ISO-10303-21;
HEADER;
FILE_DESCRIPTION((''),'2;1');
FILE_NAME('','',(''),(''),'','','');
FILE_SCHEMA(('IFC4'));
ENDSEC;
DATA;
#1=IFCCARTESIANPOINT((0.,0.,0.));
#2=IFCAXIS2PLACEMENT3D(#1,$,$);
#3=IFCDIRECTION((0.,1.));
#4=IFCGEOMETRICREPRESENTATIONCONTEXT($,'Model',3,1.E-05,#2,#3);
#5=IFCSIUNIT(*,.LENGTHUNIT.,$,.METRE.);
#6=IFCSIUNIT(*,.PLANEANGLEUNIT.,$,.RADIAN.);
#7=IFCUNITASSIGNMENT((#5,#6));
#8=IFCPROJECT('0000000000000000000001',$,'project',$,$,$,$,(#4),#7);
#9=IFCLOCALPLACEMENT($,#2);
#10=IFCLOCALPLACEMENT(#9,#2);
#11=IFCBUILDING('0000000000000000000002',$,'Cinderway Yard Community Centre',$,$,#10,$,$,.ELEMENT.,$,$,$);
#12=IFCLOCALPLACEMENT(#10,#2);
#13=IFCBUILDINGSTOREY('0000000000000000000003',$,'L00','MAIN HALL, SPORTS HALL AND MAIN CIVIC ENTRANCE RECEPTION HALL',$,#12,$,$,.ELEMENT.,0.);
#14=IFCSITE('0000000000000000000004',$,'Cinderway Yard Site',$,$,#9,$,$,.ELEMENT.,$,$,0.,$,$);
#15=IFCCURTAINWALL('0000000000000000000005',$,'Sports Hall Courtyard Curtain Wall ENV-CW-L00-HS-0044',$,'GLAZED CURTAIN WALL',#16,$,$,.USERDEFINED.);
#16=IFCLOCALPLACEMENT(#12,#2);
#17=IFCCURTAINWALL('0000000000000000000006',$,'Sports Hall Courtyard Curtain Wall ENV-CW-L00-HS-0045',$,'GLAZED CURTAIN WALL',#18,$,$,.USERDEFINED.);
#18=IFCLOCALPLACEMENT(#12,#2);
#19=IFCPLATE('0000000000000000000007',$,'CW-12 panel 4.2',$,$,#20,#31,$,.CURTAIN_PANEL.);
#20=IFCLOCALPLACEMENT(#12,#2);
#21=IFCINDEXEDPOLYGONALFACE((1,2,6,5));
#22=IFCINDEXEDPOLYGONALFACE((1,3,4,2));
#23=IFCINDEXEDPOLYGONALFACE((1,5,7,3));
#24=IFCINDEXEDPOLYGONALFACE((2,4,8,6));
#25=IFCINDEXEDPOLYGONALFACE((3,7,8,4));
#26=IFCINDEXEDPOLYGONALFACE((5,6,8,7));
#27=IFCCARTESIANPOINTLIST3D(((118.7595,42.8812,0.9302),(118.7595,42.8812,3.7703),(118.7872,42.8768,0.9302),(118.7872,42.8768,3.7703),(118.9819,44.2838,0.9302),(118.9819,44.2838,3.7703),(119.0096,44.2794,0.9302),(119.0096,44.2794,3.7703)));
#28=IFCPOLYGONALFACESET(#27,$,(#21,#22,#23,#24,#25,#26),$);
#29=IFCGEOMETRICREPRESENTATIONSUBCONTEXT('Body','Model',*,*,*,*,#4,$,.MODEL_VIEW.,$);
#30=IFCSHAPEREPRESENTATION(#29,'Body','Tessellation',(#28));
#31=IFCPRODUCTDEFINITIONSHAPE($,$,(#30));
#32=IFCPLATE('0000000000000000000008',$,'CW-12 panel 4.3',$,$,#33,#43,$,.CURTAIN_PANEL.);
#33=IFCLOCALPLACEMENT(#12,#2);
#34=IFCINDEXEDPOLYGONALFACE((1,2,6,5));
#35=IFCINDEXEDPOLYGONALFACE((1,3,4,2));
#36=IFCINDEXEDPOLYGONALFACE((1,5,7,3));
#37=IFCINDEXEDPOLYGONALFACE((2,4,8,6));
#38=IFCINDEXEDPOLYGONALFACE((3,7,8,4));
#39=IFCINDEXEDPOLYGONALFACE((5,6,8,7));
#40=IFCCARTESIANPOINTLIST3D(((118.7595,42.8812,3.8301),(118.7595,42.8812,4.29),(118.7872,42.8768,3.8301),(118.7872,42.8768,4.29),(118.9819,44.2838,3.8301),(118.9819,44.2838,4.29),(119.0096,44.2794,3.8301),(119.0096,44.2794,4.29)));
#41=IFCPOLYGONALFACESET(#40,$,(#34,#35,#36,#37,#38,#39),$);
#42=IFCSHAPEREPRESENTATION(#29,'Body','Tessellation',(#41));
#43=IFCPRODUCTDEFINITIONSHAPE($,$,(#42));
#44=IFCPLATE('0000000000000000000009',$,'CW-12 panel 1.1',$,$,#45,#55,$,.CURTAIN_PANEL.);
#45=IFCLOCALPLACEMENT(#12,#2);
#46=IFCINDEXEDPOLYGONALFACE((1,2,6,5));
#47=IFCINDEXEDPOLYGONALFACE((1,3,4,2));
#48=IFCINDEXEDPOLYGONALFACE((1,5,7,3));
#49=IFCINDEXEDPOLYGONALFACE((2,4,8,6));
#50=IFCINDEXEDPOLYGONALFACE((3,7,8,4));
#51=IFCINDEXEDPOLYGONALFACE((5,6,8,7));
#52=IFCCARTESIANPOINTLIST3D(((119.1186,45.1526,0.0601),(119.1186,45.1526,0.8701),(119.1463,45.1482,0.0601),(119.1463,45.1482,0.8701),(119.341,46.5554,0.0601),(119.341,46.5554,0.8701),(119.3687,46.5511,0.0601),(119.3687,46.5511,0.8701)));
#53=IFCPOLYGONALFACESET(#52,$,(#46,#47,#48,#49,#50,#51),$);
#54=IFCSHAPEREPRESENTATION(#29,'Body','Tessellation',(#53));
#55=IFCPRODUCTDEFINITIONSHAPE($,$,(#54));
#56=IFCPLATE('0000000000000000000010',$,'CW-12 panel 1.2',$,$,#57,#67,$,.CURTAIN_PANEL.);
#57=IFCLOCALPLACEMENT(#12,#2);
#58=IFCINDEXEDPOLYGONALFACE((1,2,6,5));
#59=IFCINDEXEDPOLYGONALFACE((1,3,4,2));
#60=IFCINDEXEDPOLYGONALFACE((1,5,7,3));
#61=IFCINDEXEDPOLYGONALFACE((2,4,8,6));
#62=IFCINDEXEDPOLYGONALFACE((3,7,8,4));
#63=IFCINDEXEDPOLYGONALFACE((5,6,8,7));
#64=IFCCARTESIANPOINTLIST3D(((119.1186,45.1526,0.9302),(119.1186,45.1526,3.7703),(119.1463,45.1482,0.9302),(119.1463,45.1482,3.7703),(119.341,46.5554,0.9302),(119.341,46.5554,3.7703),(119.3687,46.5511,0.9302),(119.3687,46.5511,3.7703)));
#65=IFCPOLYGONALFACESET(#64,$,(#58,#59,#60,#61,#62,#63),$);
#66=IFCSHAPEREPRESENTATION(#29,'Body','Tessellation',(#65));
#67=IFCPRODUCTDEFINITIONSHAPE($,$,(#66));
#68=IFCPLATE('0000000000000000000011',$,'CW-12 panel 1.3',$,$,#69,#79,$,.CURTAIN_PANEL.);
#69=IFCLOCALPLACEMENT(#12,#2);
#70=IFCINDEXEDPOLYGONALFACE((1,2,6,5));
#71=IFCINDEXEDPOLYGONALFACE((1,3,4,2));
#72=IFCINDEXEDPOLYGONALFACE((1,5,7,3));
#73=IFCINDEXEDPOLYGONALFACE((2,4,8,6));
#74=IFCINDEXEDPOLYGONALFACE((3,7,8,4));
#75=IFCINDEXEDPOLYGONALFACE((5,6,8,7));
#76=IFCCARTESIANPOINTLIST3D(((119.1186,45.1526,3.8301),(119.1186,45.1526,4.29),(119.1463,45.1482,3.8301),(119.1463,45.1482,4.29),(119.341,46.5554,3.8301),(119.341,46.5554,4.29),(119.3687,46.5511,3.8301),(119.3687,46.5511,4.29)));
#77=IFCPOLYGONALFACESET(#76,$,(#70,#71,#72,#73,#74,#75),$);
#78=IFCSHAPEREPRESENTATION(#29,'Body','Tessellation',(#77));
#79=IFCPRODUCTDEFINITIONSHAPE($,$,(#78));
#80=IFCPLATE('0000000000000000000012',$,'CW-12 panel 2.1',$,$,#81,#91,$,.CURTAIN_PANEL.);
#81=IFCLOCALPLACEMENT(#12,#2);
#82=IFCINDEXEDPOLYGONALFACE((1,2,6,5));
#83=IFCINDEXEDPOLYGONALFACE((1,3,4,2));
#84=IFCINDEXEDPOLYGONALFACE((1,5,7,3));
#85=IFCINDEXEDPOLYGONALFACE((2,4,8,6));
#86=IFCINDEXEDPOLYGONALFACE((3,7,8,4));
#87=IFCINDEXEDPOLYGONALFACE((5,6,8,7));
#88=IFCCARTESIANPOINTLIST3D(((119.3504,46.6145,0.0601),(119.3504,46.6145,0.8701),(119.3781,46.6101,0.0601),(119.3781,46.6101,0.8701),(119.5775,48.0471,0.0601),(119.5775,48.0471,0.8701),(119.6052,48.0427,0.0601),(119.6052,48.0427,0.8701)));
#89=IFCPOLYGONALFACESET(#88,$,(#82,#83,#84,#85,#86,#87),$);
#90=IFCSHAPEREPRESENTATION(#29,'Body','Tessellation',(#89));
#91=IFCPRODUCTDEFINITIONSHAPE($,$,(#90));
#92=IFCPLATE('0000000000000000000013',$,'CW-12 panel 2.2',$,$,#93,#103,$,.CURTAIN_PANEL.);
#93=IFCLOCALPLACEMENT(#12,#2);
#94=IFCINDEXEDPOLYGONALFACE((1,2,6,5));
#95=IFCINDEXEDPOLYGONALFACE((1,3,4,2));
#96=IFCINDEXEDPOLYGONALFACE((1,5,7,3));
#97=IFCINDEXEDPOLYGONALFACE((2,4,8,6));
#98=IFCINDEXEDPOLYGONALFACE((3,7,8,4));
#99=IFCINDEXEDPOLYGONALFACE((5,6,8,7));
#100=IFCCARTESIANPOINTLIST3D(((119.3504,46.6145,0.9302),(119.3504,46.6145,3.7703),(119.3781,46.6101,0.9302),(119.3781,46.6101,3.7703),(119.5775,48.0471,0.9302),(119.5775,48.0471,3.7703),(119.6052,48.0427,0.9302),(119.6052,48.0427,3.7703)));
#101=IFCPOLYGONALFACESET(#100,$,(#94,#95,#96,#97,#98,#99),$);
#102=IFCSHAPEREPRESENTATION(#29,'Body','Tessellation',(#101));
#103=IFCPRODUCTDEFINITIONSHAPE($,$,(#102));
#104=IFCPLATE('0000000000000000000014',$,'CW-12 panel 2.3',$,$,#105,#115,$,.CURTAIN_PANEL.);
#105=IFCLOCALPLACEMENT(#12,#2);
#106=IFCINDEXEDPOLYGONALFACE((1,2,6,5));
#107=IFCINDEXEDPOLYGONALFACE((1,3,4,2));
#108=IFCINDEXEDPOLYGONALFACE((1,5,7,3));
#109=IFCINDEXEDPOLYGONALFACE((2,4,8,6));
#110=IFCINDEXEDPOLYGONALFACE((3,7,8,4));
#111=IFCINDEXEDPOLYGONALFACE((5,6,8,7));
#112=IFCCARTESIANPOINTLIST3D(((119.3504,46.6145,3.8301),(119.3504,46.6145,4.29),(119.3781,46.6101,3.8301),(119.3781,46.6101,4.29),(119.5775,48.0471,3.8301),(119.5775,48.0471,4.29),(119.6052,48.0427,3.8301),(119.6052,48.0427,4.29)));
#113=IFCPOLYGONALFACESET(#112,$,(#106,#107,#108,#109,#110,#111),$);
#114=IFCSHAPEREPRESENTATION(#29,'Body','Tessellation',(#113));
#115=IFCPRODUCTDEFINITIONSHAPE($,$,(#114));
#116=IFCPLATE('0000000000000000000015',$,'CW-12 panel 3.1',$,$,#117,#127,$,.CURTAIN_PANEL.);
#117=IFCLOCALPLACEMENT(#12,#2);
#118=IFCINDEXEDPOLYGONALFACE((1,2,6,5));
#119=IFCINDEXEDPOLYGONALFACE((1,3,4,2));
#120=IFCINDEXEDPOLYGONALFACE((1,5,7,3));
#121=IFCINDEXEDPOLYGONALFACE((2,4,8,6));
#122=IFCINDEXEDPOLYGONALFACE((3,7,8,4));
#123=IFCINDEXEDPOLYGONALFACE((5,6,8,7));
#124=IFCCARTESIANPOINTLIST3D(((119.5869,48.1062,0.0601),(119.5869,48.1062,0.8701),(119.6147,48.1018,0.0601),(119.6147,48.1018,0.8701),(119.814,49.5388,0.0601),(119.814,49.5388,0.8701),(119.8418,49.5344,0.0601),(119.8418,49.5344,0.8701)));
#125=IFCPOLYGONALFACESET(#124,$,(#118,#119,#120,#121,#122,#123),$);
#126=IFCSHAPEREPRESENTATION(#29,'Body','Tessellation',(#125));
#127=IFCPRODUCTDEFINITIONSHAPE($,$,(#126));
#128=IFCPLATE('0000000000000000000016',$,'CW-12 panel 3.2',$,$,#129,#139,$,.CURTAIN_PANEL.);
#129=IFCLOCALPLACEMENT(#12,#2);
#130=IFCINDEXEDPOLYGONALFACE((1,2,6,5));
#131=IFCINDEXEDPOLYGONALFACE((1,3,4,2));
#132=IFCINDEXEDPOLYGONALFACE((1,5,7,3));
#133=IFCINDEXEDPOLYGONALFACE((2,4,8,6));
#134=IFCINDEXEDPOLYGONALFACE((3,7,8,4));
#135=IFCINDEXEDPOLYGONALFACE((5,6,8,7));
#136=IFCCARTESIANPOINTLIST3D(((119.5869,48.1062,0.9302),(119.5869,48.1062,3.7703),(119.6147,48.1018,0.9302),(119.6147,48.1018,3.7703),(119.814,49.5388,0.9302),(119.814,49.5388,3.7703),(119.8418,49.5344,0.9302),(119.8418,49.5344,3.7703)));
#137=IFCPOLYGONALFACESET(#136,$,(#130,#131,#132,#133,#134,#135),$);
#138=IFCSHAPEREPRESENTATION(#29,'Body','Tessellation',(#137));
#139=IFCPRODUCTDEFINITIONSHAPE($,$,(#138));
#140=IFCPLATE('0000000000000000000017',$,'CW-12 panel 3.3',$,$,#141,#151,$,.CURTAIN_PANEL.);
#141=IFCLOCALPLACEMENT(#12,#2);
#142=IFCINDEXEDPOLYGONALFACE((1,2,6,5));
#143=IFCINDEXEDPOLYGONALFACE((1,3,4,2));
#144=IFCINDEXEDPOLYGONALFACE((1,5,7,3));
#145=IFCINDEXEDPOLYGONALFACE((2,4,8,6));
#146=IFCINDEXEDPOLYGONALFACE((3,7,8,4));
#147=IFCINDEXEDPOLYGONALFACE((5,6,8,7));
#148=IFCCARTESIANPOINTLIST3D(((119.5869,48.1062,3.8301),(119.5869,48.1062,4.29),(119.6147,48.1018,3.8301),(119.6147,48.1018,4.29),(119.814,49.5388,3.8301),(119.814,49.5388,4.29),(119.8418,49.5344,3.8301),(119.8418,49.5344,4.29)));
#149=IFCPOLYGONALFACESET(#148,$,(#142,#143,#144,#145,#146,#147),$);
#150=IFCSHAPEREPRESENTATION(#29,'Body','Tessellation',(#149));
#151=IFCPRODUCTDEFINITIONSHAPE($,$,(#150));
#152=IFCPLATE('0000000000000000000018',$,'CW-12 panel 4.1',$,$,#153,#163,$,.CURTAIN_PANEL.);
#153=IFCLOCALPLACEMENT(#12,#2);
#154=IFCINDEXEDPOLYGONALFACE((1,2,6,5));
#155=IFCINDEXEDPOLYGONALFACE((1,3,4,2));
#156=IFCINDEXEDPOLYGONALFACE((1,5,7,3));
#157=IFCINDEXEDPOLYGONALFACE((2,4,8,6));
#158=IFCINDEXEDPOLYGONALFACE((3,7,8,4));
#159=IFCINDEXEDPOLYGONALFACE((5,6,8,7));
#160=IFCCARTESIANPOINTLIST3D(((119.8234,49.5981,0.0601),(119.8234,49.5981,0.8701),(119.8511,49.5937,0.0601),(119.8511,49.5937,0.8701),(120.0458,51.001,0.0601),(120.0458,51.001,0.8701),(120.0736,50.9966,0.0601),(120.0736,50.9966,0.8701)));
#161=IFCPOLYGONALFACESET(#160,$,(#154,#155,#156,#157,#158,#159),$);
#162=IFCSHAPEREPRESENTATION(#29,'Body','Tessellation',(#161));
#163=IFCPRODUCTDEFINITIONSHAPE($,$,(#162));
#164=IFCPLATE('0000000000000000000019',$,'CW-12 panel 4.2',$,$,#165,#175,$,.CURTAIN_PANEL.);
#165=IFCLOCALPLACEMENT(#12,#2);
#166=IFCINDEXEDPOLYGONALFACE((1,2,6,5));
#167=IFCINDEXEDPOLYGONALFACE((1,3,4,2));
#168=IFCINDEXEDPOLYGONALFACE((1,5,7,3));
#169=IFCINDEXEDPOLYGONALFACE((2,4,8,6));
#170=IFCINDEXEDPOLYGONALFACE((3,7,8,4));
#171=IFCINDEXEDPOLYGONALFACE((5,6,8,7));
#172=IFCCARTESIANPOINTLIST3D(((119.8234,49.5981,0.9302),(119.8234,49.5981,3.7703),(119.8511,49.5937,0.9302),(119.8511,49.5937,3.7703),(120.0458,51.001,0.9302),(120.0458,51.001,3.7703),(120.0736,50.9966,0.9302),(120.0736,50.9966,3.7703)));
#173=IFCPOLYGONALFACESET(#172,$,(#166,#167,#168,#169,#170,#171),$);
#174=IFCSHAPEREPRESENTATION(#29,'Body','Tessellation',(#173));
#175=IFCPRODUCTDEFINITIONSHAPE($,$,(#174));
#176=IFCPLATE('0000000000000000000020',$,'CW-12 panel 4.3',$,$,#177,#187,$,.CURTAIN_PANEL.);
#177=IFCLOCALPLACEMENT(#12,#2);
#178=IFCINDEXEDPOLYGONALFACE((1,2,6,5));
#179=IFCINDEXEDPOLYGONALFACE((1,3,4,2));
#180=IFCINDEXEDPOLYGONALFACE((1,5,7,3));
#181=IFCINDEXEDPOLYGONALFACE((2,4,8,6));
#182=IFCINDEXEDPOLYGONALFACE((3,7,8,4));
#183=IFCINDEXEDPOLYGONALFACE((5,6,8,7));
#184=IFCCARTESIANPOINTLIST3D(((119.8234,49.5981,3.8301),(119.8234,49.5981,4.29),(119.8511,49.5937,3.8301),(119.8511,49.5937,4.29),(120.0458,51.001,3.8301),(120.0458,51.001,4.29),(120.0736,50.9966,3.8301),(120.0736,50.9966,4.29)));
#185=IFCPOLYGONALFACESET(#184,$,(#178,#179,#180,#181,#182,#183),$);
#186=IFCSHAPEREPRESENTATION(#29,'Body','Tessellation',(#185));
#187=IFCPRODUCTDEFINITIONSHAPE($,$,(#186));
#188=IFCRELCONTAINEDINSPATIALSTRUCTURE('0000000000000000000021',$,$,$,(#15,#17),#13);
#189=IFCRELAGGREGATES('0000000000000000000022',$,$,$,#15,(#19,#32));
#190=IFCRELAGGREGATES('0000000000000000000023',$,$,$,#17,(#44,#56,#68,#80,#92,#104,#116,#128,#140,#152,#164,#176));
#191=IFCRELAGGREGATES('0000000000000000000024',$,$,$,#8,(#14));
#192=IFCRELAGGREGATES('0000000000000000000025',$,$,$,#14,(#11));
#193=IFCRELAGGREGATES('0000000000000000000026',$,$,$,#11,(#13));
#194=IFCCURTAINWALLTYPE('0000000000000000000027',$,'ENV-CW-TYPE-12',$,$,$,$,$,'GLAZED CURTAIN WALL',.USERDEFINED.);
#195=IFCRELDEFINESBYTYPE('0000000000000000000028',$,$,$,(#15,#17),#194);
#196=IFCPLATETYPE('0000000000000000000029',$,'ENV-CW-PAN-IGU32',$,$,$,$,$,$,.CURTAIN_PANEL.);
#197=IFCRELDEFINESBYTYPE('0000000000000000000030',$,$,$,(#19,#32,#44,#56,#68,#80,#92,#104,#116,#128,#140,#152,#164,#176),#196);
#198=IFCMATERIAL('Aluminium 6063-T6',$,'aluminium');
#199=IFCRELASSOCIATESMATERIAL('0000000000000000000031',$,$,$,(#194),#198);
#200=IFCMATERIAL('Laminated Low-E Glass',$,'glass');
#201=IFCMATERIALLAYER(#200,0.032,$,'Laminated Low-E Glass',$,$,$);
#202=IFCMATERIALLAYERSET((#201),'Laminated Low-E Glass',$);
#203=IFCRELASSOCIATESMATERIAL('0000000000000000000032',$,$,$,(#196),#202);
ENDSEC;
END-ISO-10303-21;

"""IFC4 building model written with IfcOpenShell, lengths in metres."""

from ifc_helpers import new_model, si_unit, direction, frame, origin, origin_2d, place, context, subcontext, project, spatial, rectangle, extrude, material, layer, layer_set, type_object, element, aggregate, save


model = new_model("IFC4")

# Units and contexts
model_context = context("Model", 3, precision=1e-05, world=origin(), true_north=direction((0.0, 1.0)))
body_context = subcontext(model_context, "Body", "Model", "MODEL_VIEW")
ifc_project = project(units=[si_unit("LENGTHUNIT", "METRE"), si_unit("PLANEANGLEUNIT", "RADIAN")], contexts=[model_context])

# Site, building, storey
site_placement = place(None, origin())
site = spatial("IfcSite", under=ifc_project, at=site_placement, Name="Cinderway Yard Site", CompositionType="ELEMENT", RefElevation=0.0)
building_placement = place(site_placement, origin())
building = spatial("IfcBuilding", under=site, at=building_placement, Name="Cinderway Yard Community Centre", CompositionType="ELEMENT")
storey_placement = place(building_placement, origin())
storey = spatial("IfcBuildingStorey", under=building, at=storey_placement, Name="L00", Description="MAIN HALL, SPORTS HALL AND MAIN CIVIC ENTRANCE RECEPTION HALL", CompositionType="ELEMENT", Elevation=0.0)

# Curtain wall
ifc_material_1 = material(Name="Aluminium 6063-T6", Category="aluminium")
curtain_wall_type = type_object("IfcCurtainWallType", Name="ENV-CW-TYPE-12", ElementType="GLAZED CURTAIN WALL", PredefinedType="USERDEFINED", material=ifc_material_1)
curtain_wall_1_placement = place(storey_placement, origin())
curtain_wall_1 = element("IfcCurtainWall", 1, at=curtain_wall_1_placement, inside=storey, type_object=curtain_wall_type, Name="Sports Hall Courtyard Curtain Wall ENV-CW-L00-HS-0044", ObjectType="GLAZED CURTAIN WALL", PredefinedType="USERDEFINED")

# Curtain wall
curtain_wall_2_placement = place(storey_placement, origin())
curtain_wall_2 = element("IfcCurtainWall", 2, at=curtain_wall_2_placement, inside=storey, type_object=curtain_wall_type, Name="Sports Hall Courtyard Curtain Wall ENV-CW-L00-HS-0045", ObjectType="GLAZED CURTAIN WALL", PredefinedType="USERDEFINED")

# Plates
ifc_material_2 = material(Name="Laminated Low-E Glass", Category="glass")
ifc_layer = layer(ifc_material_2, 0.032, Name="Laminated Low-E Glass")
ifc_layer_set = layer_set([ifc_layer], Name="Laminated Low-E Glass")
plate_type = type_object("IfcPlateType", Name="ENV-CW-PAN-IGU32", PredefinedType="CURTAIN_PANEL", material=ifc_layer_set)
plate_1_placement = place(storey_placement, frame((118.8845, 43.5803, 0.9302), z_axis=(0.0, 0.0, 1.0), x_axis=(0.156609, 0.987661, 0.0)))
plate_1 = element("IfcPlate", 3, at=plate_1_placement, type_object=plate_type, Name="CW-12 panel 4.2", PredefinedType="CURTAIN_PANEL", context=body_context, shape_type="SweptSolid", body=[
    extrude(rectangle(XDim=1.4202, YDim=0.0281, at=origin_2d()), origin(), (0.0, 0.0, 1.0), 2.8401),
])
plate_2_placement = place(storey_placement, frame((118.8845, 43.5803, 3.8301), z_axis=(0.0, 0.0, 1.0), x_axis=(0.156609, 0.987661, 0.0)))
plate_2 = element("IfcPlate", 4, at=plate_2_placement, type_object=plate_type, Name="CW-12 panel 4.3", PredefinedType="CURTAIN_PANEL", context=body_context, shape_type="SweptSolid", body=[
    extrude(rectangle(XDim=1.4202, YDim=0.0281, at=origin_2d()), origin(), (0.0, 0.0, 1.0), 0.46),
])
aggregate(curtain_wall_1, [plate_1, plate_2])
plate_3_placement = place(storey_placement, frame((119.2437, 45.8518, 0.0601), z_axis=(0.0, 0.0, 1.0), x_axis=(0.156583, 0.987665, 0.0)))
plate_3 = element("IfcPlate", 5, at=plate_3_placement, type_object=plate_type, Name="CW-12 panel 1.1", PredefinedType="CURTAIN_PANEL", context=body_context, shape_type="SweptSolid", body=[
    extrude(rectangle(XDim=1.4204, YDim=0.0281, at=origin_2d()), origin(), (0.0, 0.0, 1.0), 0.8101),
])
plate_4_placement = place(storey_placement, frame((119.2437, 45.8518, 0.9302), z_axis=(0.0, 0.0, 1.0), x_axis=(0.156583, 0.987665, 0.0)))
plate_4 = element("IfcPlate", 6, at=plate_4_placement, type_object=plate_type, Name="CW-12 panel 1.2", PredefinedType="CURTAIN_PANEL", context=body_context, shape_type="SweptSolid", body=[
    extrude(rectangle(XDim=1.4204, YDim=0.0281, at=origin_2d()), origin(), (0.0, 0.0, 1.0), 2.8401),
])
plate_5_placement = place(storey_placement, frame((119.2437, 45.8518, 3.8301), z_axis=(0.0, 0.0, 1.0), x_axis=(0.156583, 0.987665, 0.0)))
plate_5 = element("IfcPlate", 7, at=plate_5_placement, type_object=plate_type, Name="CW-12 panel 1.3", PredefinedType="CURTAIN_PANEL", context=body_context, shape_type="SweptSolid", body=[
    extrude(rectangle(XDim=1.4204, YDim=0.0281, at=origin_2d()), origin(), (0.0, 0.0, 1.0), 0.46),
])
plate_6_placement = place(storey_placement, frame((119.4778, 47.3286, 0.0601), z_axis=(0.0, 0.0, 1.0), x_axis=(0.156583, 0.987665, 0.0)))
plate_6 = element("IfcPlate", 8, at=plate_6_placement, type_object=plate_type, Name="CW-12 panel 2.1", PredefinedType="CURTAIN_PANEL", context=body_context, shape_type="SweptSolid", body=[
    extrude(rectangle(XDim=1.4504, YDim=0.0281, at=origin_2d()), origin(), (0.0, 0.0, 1.0), 0.8101),
])
plate_7_placement = place(storey_placement, frame((119.4778, 47.3286, 0.9302), z_axis=(0.0, 0.0, 1.0), x_axis=(0.156583, 0.987665, 0.0)))
plate_7 = element("IfcPlate", 9, at=plate_7_placement, type_object=plate_type, Name="CW-12 panel 2.2", PredefinedType="CURTAIN_PANEL", context=body_context, shape_type="SweptSolid", body=[
    extrude(rectangle(XDim=1.4504, YDim=0.0281, at=origin_2d()), origin(), (0.0, 0.0, 1.0), 2.8401),
])
plate_8_placement = place(storey_placement, frame((119.4778, 47.3286, 3.8301), z_axis=(0.0, 0.0, 1.0), x_axis=(0.156583, 0.987665, 0.0)))
plate_8 = element("IfcPlate", 10, at=plate_8_placement, type_object=plate_type, Name="CW-12 panel 2.3", PredefinedType="CURTAIN_PANEL", context=body_context, shape_type="SweptSolid", body=[
    extrude(rectangle(XDim=1.4504, YDim=0.0281, at=origin_2d()), origin(), (0.0, 0.0, 1.0), 0.46),
])
plate_9_placement = place(storey_placement, frame((119.7144, 48.8203, 0.0601), z_axis=(0.0, 0.0, 1.0), x_axis=(0.156583, 0.987665, 0.0)))
plate_9 = element("IfcPlate", 11, at=plate_9_placement, type_object=plate_type, Name="CW-12 panel 3.1", PredefinedType="CURTAIN_PANEL", context=body_context, shape_type="SweptSolid", body=[
    extrude(rectangle(XDim=1.4504, YDim=0.0281, at=origin_2d()), origin(), (0.0, 0.0, 1.0), 0.8101),
])
plate_10_placement = place(storey_placement, frame((119.7144, 48.8203, 0.9302), z_axis=(0.0, 0.0, 1.0), x_axis=(0.156583, 0.987665, 0.0)))
plate_10 = element("IfcPlate", 12, at=plate_10_placement, type_object=plate_type, Name="CW-12 panel 3.2", PredefinedType="CURTAIN_PANEL", context=body_context, shape_type="SweptSolid", body=[
    extrude(rectangle(XDim=1.4504, YDim=0.0281, at=origin_2d()), origin(), (0.0, 0.0, 1.0), 2.8401),
])
plate_11_placement = place(storey_placement, frame((119.7144, 48.8203, 3.8301), z_axis=(0.0, 0.0, 1.0), x_axis=(0.156583, 0.987665, 0.0)))
plate_11 = element("IfcPlate", 13, at=plate_11_placement, type_object=plate_type, Name="CW-12 panel 3.3", PredefinedType="CURTAIN_PANEL", context=body_context, shape_type="SweptSolid", body=[
    extrude(rectangle(XDim=1.4504, YDim=0.0281, at=origin_2d()), origin(), (0.0, 0.0, 1.0), 0.46),
])
plate_12_placement = place(storey_placement, frame((119.9485, 50.2974, 0.0601), z_axis=(0.0, 0.0, 1.0), x_axis=(0.156583, 0.987665, 0.0)))
plate_12 = element("IfcPlate", 14, at=plate_12_placement, type_object=plate_type, Name="CW-12 panel 4.1", PredefinedType="CURTAIN_PANEL", context=body_context, shape_type="SweptSolid", body=[
    extrude(rectangle(XDim=1.4204, YDim=0.0281, at=origin_2d()), origin(), (0.0, 0.0, 1.0), 0.8101),
])
plate_13_placement = place(storey_placement, frame((119.9485, 50.2974, 0.9302), z_axis=(0.0, 0.0, 1.0), x_axis=(0.156583, 0.987665, 0.0)))
plate_13 = element("IfcPlate", 15, at=plate_13_placement, type_object=plate_type, Name="CW-12 panel 4.2", PredefinedType="CURTAIN_PANEL", context=body_context, shape_type="SweptSolid", body=[
    extrude(rectangle(XDim=1.4204, YDim=0.0281, at=origin_2d()), origin(), (0.0, 0.0, 1.0), 2.8401),
])
plate_14_placement = place(storey_placement, frame((119.9485, 50.2974, 3.8301), z_axis=(0.0, 0.0, 1.0), x_axis=(0.156583, 0.987665, 0.0)))
plate_14 = element("IfcPlate", 16, at=plate_14_placement, type_object=plate_type, Name="CW-12 panel 4.3", PredefinedType="CURTAIN_PANEL", context=body_context, shape_type="SweptSolid", body=[
    extrude(rectangle(XDim=1.4204, YDim=0.0281, at=origin_2d()), origin(), (0.0, 0.0, 1.0), 0.46),
])
aggregate(curtain_wall_2, [plate_3, plate_4, plate_5, plate_6, plate_7, plate_8, plate_9, plate_10, plate_11, plate_12, plate_13, plate_14])

save(model, "model.ifc")
